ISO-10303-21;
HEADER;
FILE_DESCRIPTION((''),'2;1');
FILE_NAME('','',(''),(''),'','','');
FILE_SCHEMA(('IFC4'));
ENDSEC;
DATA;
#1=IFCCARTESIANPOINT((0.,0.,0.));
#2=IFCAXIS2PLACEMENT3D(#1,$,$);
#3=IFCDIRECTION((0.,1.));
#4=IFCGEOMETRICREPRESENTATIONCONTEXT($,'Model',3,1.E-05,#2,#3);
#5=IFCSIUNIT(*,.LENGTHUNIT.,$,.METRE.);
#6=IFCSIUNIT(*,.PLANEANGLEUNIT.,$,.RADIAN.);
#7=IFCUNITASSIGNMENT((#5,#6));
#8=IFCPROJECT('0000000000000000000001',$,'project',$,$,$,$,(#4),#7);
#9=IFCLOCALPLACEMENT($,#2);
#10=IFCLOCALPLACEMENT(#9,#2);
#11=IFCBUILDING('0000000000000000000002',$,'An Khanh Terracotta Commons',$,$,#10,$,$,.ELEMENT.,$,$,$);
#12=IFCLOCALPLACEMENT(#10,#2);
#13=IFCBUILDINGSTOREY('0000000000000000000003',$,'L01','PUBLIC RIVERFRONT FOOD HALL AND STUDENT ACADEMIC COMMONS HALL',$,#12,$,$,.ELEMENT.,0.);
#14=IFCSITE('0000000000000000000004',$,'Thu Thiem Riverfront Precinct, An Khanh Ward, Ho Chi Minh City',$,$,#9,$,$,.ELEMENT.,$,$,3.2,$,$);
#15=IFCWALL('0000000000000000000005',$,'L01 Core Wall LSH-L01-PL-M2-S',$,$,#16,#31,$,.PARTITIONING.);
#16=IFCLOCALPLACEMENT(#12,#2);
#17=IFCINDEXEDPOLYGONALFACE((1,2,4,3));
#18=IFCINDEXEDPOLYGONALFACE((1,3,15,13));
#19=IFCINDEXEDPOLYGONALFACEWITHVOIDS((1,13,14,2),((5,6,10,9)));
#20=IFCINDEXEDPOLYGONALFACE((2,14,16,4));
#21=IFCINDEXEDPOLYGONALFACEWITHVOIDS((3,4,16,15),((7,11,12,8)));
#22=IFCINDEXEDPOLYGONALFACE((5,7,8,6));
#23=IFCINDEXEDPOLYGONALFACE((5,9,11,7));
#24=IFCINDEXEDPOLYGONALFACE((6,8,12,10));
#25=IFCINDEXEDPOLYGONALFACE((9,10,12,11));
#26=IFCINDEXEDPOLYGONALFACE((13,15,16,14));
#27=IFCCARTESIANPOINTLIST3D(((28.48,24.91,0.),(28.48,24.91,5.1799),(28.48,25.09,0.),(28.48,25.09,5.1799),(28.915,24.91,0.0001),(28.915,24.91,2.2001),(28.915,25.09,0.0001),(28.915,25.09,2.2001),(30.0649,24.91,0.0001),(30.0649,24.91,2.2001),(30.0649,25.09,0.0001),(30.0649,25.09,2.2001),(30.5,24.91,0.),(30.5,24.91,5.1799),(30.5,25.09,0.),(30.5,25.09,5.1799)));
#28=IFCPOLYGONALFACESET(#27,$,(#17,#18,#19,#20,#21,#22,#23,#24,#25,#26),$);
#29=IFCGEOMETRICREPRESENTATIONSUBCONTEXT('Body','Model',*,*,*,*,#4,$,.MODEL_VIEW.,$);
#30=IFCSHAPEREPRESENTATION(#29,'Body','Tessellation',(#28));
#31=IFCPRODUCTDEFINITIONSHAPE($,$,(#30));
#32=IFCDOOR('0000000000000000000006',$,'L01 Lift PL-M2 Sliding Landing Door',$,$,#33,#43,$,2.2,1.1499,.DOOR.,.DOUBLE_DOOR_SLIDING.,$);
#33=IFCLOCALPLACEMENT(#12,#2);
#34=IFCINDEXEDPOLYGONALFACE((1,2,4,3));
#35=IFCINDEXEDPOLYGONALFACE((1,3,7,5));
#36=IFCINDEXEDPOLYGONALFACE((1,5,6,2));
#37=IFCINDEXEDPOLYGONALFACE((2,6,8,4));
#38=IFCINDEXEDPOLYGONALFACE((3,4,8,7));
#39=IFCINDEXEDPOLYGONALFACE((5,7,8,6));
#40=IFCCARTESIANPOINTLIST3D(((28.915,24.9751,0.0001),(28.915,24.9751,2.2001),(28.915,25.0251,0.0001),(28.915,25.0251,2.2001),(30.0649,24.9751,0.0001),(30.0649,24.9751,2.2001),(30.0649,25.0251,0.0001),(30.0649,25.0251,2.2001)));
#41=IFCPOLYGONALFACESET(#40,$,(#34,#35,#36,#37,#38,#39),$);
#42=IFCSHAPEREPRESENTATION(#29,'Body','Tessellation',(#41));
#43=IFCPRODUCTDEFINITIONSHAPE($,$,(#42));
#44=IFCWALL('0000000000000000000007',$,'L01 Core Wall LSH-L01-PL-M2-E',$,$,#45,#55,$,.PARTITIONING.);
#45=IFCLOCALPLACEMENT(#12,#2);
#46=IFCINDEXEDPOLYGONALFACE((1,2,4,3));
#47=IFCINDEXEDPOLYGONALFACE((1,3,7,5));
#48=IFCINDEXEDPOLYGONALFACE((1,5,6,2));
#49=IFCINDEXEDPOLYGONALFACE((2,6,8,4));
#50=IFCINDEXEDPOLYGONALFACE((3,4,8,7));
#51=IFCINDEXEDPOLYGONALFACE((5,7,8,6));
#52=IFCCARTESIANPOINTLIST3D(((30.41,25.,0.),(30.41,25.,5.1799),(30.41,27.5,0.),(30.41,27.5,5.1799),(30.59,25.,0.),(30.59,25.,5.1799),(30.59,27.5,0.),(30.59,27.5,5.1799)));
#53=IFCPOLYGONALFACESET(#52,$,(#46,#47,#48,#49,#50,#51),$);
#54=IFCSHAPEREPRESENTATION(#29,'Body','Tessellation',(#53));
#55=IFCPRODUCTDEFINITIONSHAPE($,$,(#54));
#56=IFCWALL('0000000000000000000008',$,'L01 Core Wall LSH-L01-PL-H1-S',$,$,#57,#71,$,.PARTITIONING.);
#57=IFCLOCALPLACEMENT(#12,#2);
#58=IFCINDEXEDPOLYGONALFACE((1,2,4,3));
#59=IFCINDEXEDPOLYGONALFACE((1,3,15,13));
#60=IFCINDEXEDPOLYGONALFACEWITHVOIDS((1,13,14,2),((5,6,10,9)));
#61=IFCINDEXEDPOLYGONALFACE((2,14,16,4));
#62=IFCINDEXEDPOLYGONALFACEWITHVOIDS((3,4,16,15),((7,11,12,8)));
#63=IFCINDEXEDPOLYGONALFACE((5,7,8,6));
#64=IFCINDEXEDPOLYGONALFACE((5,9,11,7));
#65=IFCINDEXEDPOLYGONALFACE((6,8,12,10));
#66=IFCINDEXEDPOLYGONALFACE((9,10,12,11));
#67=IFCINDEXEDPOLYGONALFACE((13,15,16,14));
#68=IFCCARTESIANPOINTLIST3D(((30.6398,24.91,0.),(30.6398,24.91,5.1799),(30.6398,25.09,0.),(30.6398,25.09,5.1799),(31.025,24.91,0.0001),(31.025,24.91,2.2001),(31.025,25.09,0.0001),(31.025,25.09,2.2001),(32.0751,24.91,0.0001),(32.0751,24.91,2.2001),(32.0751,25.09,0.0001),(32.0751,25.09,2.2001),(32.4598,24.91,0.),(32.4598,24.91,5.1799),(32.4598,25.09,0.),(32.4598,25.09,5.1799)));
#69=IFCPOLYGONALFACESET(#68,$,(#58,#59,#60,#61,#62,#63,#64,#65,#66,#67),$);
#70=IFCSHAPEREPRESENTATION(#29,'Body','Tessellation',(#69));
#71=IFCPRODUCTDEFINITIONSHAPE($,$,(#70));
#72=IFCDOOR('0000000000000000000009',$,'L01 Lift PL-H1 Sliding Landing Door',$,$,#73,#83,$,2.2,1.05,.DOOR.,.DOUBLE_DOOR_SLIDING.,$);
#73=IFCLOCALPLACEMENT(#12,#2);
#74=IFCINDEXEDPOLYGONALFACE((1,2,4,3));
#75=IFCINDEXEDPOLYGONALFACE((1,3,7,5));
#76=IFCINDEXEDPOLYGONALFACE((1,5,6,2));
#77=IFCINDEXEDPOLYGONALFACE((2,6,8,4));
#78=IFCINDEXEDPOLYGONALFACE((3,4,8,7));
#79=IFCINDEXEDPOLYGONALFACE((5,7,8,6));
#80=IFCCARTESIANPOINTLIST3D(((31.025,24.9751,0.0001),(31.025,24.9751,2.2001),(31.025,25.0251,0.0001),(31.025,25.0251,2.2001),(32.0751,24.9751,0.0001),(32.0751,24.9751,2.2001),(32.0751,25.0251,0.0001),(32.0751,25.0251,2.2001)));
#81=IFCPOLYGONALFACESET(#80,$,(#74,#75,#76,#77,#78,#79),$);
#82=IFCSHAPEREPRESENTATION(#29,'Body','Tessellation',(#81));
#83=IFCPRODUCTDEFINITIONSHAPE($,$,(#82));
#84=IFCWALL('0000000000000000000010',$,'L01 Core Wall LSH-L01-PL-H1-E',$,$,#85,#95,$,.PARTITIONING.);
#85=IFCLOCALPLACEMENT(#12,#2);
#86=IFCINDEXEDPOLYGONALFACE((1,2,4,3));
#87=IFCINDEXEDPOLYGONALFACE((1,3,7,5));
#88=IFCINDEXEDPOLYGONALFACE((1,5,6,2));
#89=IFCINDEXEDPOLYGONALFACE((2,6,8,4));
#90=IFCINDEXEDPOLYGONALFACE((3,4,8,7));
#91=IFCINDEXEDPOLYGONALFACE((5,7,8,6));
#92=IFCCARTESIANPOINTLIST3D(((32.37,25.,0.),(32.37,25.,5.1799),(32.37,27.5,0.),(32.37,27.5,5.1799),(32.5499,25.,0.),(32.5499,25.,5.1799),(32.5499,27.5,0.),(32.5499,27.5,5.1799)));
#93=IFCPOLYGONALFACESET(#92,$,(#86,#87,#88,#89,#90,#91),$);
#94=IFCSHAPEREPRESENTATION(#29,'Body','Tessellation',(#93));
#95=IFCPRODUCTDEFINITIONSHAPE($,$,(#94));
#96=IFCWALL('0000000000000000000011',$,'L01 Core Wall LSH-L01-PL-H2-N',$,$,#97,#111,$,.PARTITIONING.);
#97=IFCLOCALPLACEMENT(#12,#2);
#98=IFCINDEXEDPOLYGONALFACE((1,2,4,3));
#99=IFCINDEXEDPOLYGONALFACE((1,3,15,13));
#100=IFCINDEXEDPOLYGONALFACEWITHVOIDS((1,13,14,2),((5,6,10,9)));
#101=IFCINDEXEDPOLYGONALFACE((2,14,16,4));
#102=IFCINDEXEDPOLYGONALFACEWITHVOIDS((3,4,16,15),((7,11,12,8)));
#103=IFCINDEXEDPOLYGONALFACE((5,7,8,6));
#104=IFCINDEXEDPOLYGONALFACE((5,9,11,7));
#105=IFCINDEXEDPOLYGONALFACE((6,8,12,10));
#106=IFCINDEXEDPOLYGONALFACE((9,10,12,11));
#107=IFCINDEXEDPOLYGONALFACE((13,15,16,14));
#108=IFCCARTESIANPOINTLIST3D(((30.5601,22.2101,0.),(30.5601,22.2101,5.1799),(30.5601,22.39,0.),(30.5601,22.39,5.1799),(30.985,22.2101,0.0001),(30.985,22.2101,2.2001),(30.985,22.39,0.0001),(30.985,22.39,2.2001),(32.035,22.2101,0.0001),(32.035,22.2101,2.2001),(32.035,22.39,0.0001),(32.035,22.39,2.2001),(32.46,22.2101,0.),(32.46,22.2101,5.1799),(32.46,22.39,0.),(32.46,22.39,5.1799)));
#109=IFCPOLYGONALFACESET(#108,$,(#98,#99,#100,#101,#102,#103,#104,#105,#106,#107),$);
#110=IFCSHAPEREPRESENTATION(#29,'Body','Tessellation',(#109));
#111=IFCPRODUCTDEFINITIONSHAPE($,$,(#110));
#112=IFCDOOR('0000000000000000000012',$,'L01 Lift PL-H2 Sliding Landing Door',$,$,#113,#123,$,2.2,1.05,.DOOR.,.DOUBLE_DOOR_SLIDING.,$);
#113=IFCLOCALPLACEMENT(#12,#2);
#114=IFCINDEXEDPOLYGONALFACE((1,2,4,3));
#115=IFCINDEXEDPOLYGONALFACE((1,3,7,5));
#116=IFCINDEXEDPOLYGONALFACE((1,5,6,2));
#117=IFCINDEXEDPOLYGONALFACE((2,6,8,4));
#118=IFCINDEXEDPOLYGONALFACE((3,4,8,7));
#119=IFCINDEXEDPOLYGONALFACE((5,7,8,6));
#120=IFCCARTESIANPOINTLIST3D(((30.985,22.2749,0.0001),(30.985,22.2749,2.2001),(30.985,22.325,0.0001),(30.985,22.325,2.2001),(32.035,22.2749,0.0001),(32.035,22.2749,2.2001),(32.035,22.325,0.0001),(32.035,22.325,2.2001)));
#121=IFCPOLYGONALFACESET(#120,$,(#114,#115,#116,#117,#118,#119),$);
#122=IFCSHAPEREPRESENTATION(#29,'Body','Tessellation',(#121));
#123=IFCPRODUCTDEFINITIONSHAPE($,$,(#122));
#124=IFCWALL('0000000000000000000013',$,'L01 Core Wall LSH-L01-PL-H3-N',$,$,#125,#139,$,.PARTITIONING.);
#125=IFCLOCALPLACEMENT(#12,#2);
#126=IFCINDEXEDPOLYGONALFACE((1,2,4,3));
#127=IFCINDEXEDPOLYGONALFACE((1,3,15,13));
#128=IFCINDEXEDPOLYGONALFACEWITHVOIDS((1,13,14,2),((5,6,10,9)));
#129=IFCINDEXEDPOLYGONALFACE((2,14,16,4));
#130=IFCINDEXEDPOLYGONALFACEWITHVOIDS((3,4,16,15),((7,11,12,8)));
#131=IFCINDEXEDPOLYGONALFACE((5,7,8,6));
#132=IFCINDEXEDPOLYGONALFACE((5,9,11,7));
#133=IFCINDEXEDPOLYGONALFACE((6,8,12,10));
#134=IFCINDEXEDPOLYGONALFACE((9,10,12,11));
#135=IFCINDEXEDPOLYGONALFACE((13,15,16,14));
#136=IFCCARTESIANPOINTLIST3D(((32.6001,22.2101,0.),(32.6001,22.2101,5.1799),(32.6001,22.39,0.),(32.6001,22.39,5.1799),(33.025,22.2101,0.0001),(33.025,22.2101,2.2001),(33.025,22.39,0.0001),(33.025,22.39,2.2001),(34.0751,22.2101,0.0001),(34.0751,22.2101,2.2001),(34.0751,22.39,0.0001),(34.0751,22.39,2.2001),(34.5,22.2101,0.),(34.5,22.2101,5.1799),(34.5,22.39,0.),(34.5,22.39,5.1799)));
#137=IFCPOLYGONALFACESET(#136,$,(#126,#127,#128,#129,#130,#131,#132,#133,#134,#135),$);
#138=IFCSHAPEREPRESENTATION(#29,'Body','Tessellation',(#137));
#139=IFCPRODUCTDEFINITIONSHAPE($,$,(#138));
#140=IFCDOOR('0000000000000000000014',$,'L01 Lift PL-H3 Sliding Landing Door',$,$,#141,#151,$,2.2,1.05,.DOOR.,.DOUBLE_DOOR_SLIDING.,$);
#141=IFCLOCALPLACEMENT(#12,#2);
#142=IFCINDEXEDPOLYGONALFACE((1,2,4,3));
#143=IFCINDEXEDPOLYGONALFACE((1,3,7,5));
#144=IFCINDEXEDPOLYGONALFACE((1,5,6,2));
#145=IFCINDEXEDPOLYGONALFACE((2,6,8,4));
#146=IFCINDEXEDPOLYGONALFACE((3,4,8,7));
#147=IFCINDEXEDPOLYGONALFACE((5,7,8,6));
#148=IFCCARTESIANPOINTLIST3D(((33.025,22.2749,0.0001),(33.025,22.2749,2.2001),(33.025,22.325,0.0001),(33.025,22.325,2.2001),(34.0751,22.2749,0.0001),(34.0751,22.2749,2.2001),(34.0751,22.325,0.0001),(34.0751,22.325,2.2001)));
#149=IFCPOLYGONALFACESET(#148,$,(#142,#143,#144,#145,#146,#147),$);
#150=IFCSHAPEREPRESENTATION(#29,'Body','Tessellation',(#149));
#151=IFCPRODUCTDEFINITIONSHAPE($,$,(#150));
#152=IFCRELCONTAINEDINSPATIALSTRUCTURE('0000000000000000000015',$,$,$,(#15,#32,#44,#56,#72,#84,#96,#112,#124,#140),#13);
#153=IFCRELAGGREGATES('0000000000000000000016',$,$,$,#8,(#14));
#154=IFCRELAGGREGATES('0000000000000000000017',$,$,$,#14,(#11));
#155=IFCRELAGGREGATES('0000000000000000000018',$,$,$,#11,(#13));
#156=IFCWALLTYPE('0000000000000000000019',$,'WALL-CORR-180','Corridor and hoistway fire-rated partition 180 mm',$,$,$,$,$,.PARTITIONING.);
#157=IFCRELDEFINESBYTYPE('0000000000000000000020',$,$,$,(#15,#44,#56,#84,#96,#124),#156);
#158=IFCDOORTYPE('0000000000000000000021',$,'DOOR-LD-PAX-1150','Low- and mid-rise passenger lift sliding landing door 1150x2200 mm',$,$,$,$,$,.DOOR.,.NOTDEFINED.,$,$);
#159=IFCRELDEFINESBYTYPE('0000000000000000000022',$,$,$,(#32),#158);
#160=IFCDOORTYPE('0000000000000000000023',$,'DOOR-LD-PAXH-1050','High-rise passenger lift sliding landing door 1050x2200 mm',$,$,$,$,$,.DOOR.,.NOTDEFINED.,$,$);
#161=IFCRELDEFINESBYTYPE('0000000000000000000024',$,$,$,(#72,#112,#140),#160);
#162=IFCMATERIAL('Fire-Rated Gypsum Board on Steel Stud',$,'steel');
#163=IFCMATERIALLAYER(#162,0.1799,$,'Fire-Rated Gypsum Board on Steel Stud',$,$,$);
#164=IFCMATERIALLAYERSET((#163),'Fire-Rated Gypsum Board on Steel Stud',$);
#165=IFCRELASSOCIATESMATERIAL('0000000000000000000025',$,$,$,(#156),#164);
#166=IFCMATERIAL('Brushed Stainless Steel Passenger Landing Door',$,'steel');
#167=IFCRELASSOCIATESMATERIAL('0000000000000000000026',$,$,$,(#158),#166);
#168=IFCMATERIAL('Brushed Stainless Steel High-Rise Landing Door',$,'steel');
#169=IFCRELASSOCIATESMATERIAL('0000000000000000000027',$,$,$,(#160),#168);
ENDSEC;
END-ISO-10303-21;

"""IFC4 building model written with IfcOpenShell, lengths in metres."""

from ifc_helpers import new_model, si_unit, direction, frame, frame_2d, origin, place, context, subcontext, project, spatial, rectangle, extrude, material, layer, layer_set, type_object, element, fill, save


model = new_model("IFC4")

# Units and contexts
model_context = context("Model", 3, precision=1e-05, world=origin(), true_north=direction((0.0, 1.0)))
body_context = subcontext(model_context, "Body", "Model", "MODEL_VIEW")
ifc_project = project(units=[si_unit("LENGTHUNIT", "METRE"), si_unit("PLANEANGLEUNIT", "RADIAN")], contexts=[model_context])

# Site, building, storey
site_placement = place(None, origin())
site = spatial("IfcSite", under=ifc_project, at=site_placement, Name="Thu Thiem Riverfront Precinct, An Khanh Ward, Ho Chi Minh City", CompositionType="ELEMENT", RefElevation=3.2)
building_placement = place(site_placement, origin())
building = spatial("IfcBuilding", under=site, at=building_placement, Name="An Khanh Terracotta Commons", CompositionType="ELEMENT")
storey_placement = place(building_placement, origin())
storey = spatial("IfcBuildingStorey", under=building, at=storey_placement, Name="L01", Description="PUBLIC RIVERFRONT FOOD HALL AND STUDENT ACADEMIC COMMONS HALL", CompositionType="ELEMENT", Elevation=0.0)

# Shared definitions
ifc_material_1 = material(Name="Fire-Rated Gypsum Board on Steel Stud", Category="steel")
ifc_layer_1 = layer(ifc_material_1, 0.1799, Name="Fire-Rated Gypsum Board on Steel Stud")
ifc_layer_set_1 = layer_set([ifc_layer_1], Name="Fire-Rated Gypsum Board on Steel Stud")
wall_type_1 = type_object("IfcWallType", Name="WALL-CORR-180", Description="Corridor and hoistway fire-rated partition 180 mm", PredefinedType="PARTITIONING", material=ifc_layer_set_1)

# Wall, opening, door
wall_1_placement = place(storey_placement, frame((30.5, 25.0, 0.0), z_axis=(0.0, 0.0, 1.0), x_axis=(-1.0, 0.0, 0.0)))
wall_1 = element("IfcWall", 1, at=wall_1_placement, inside=storey, type_object=wall_type_1, Name="L01 Core Wall LSH-L01-PL-M2-S", PredefinedType="PARTITIONING", context=body_context, shape_type="SweptSolid", body=[
    extrude(rectangle(XDim=2.02, YDim=0.1799, at=frame_2d((1.01, 0.0))), origin(), (0.0, 0.0, 1.0), 5.1799),
])
opening_1_placement = place(wall_1_placement, frame((0.4351, 0.0, 0.0)))
opening_1 = element("IfcOpeningElement", 2, at=opening_1_placement, cuts=wall_1, PredefinedType="OPENING", context=body_context, shape_type="SweptSolid", body=[
    extrude(rectangle(XDim=1.1499, YDim=2.2, at=frame_2d((0.575, 1.1001))), frame((0.0, 0.0999, 0.0), z_axis=(0.0, -1.0, 0.0), x_axis=(1.0, 0.0, 0.0)), (0.0, 0.0, 1.0), 0.2),
])
ifc_material_2 = material(Name="Brushed Stainless Steel Passenger Landing Door", Category="steel")
door_type_1 = type_object("IfcDoorType", Name="DOOR-LD-PAX-1150", Description="Low- and mid-rise passenger lift sliding landing door 1150x2200 mm", OperationType="NOTDEFINED", PredefinedType="DOOR", material=ifc_material_2)
door_1_placement = place(opening_1_placement, origin())
door_1 = element("IfcDoor", 3, at=door_1_placement, inside=storey, type_object=door_type_1, Name="L01 Lift PL-M2 Sliding Landing Door", OperationType="DOUBLE_DOOR_SLIDING", OverallHeight=2.2, OverallWidth=1.1499, PredefinedType="DOOR", context=body_context, shape_type="SweptSolid", body=[
    extrude(rectangle(XDim=1.1499, YDim=2.2, at=frame_2d((0.575, 1.1001))), frame((0.0, 0.0249, 0.0), z_axis=(0.0, -1.0, 0.0), x_axis=(1.0, 0.0, 0.0)), (0.0, 0.0, 1.0), 0.05),
])
fill(opening_1, door_1)

# Wall
wall_2_placement = place(storey_placement, frame((30.5, 25.0, 0.0), z_axis=(0.0, 0.0, 1.0), x_axis=(0.0, 1.0, 0.0)))
element("IfcWall", 4, at=wall_2_placement, inside=storey, type_object=wall_type_1, Name="L01 Core Wall LSH-L01-PL-M2-E", PredefinedType="PARTITIONING", context=body_context, shape_type="SweptSolid", body=[
    extrude(rectangle(XDim=2.5, YDim=0.1799, at=frame_2d((1.25, 0.0))), origin(), (0.0, 0.0, 1.0), 5.1799),
])

# Wall, opening, door
wall_3_placement = place(storey_placement, frame((32.46, 25.0, 0.0), z_axis=(0.0, 0.0, 1.0), x_axis=(-1.0, 0.0, 0.0)))
wall_3 = element("IfcWall", 5, at=wall_3_placement, inside=storey, type_object=wall_type_1, Name="L01 Core Wall LSH-L01-PL-H1-S", PredefinedType="PARTITIONING", context=body_context, shape_type="SweptSolid", body=[
    extrude(rectangle(XDim=1.8201, YDim=0.1799, at=frame_2d((0.9102, 0.0))), origin(), (0.0, 0.0, 1.0), 5.1799),
])
opening_2_placement = place(wall_3_placement, frame((0.385, 0.0, 0.0)))
opening_2 = element("IfcOpeningElement", 6, at=opening_2_placement, cuts=wall_3, PredefinedType="OPENING", context=body_context, shape_type="SweptSolid", body=[
    extrude(rectangle(XDim=1.05, YDim=2.2, at=frame_2d((0.5249, 1.1001))), frame((0.0, 0.0999, 0.0), z_axis=(0.0, -1.0, 0.0), x_axis=(1.0, 0.0, 0.0)), (0.0, 0.0, 1.0), 0.2),
])
ifc_material_3 = material(Name="Brushed Stainless Steel High-Rise Landing Door", Category="steel")
door_type_2 = type_object("IfcDoorType", Name="DOOR-LD-PAXH-1050", Description="High-rise passenger lift sliding landing door 1050x2200 mm", OperationType="NOTDEFINED", PredefinedType="DOOR", material=ifc_material_3)
door_2_placement = place(opening_2_placement, origin())
door_2 = element("IfcDoor", 7, at=door_2_placement, inside=storey, type_object=door_type_2, Name="L01 Lift PL-H1 Sliding Landing Door", OperationType="DOUBLE_DOOR_SLIDING", OverallHeight=2.2, OverallWidth=1.05, PredefinedType="DOOR", context=body_context, shape_type="SweptSolid", body=[
    extrude(rectangle(XDim=1.05, YDim=2.2, at=frame_2d((0.5249, 1.1001))), frame((0.0, 0.0249, 0.0), z_axis=(0.0, -1.0, 0.0), x_axis=(1.0, 0.0, 0.0)), (0.0, 0.0, 1.0), 0.05),
])
fill(opening_2, door_2)

# Wall
wall_4_placement = place(storey_placement, frame((32.46, 25.0, 0.0), z_axis=(0.0, 0.0, 1.0), x_axis=(0.0, 1.0, 0.0)))
element("IfcWall", 8, at=wall_4_placement, inside=storey, type_object=wall_type_1, Name="L01 Core Wall LSH-L01-PL-H1-E", PredefinedType="PARTITIONING", context=body_context, shape_type="SweptSolid", body=[
    extrude(rectangle(XDim=2.5, YDim=0.1799, at=frame_2d((1.25, 0.0))), origin(), (0.0, 0.0, 1.0), 5.1799),
])

# Walls, openings, doors
wall_5_placement = place(storey_placement, frame((30.5601, 22.3, 0.0), z_axis=(0.0, 0.0, 1.0), x_axis=(1.0, 0.0, 0.0)))
wall_5 = element("IfcWall", 9, at=wall_5_placement, inside=storey, type_object=wall_type_1, Name="L01 Core Wall LSH-L01-PL-H2-N", PredefinedType="PARTITIONING", context=body_context, shape_type="SweptSolid", body=[
    extrude(rectangle(XDim=1.8999, YDim=0.1799, at=frame_2d((0.95, 0.0))), origin(), (0.0, 0.0, 1.0), 5.1799),
])
opening_3_placement = place(wall_5_placement, frame((0.425, 0.0, 0.0)))
opening_3 = element("IfcOpeningElement", 10, at=opening_3_placement, cuts=wall_5, PredefinedType="OPENING", context=body_context, shape_type="SweptSolid", body=[
    extrude(rectangle(XDim=1.05, YDim=2.2, at=frame_2d((0.5249, 1.1001))), frame((0.0, 0.0999, 0.0), z_axis=(0.0, -1.0, 0.0), x_axis=(1.0, 0.0, 0.0)), (0.0, 0.0, 1.0), 0.2),
])
door_3_placement = place(opening_3_placement, origin())
door_3 = element("IfcDoor", 11, at=door_3_placement, inside=storey, type_object=door_type_2, Name="L01 Lift PL-H2 Sliding Landing Door", OperationType="DOUBLE_DOOR_SLIDING", OverallHeight=2.2, OverallWidth=1.05, PredefinedType="DOOR", context=body_context, shape_type="SweptSolid", body=[
    extrude(rectangle(XDim=1.05, YDim=2.2, at=frame_2d((0.5249, 1.1001))), frame((0.0, 0.0249, 0.0), z_axis=(0.0, -1.0, 0.0), x_axis=(1.0, 0.0, 0.0)), (0.0, 0.0, 1.0), 0.05),
])
fill(opening_3, door_3)
wall_6_placement = place(storey_placement, frame((32.6001, 22.3, 0.0), z_axis=(0.0, 0.0, 1.0), x_axis=(1.0, 0.0, 0.0)))
wall_6 = element("IfcWall", 12, at=wall_6_placement, inside=storey, type_object=wall_type_1, Name="L01 Core Wall LSH-L01-PL-H3-N", PredefinedType="PARTITIONING", context=body_context, shape_type="SweptSolid", body=[
    extrude(rectangle(XDim=1.8999, YDim=0.1799, at=frame_2d((0.95, 0.0))), origin(), (0.0, 0.0, 1.0), 5.1799),
])
opening_4_placement = place(wall_6_placement, frame((0.425, 0.0, 0.0)))
opening_4 = element("IfcOpeningElement", 13, at=opening_4_placement, cuts=wall_6, PredefinedType="OPENING", context=body_context, shape_type="SweptSolid", body=[
    extrude(rectangle(XDim=1.05, YDim=2.2, at=frame_2d((0.5249, 1.1001))), frame((0.0, 0.0999, 0.0), z_axis=(0.0, -1.0, 0.0), x_axis=(1.0, 0.0, 0.0)), (0.0, 0.0, 1.0), 0.2),
])
door_4_placement = place(opening_4_placement, origin())
door_4 = element("IfcDoor", 14, at=door_4_placement, inside=storey, type_object=door_type_2, Name="L01 Lift PL-H3 Sliding Landing Door", OperationType="DOUBLE_DOOR_SLIDING", OverallHeight=2.2, OverallWidth=1.05, PredefinedType="DOOR", context=body_context, shape_type="SweptSolid", body=[
    extrude(rectangle(XDim=1.05, YDim=2.2, at=frame_2d((0.5249, 1.1001))), frame((0.0, 0.0249, 0.0), z_axis=(0.0, -1.0, 0.0), x_axis=(1.0, 0.0, 0.0)), (0.0, 0.0, 1.0), 0.05),
])
fill(opening_4, door_4)

save(model, "model.ifc")
